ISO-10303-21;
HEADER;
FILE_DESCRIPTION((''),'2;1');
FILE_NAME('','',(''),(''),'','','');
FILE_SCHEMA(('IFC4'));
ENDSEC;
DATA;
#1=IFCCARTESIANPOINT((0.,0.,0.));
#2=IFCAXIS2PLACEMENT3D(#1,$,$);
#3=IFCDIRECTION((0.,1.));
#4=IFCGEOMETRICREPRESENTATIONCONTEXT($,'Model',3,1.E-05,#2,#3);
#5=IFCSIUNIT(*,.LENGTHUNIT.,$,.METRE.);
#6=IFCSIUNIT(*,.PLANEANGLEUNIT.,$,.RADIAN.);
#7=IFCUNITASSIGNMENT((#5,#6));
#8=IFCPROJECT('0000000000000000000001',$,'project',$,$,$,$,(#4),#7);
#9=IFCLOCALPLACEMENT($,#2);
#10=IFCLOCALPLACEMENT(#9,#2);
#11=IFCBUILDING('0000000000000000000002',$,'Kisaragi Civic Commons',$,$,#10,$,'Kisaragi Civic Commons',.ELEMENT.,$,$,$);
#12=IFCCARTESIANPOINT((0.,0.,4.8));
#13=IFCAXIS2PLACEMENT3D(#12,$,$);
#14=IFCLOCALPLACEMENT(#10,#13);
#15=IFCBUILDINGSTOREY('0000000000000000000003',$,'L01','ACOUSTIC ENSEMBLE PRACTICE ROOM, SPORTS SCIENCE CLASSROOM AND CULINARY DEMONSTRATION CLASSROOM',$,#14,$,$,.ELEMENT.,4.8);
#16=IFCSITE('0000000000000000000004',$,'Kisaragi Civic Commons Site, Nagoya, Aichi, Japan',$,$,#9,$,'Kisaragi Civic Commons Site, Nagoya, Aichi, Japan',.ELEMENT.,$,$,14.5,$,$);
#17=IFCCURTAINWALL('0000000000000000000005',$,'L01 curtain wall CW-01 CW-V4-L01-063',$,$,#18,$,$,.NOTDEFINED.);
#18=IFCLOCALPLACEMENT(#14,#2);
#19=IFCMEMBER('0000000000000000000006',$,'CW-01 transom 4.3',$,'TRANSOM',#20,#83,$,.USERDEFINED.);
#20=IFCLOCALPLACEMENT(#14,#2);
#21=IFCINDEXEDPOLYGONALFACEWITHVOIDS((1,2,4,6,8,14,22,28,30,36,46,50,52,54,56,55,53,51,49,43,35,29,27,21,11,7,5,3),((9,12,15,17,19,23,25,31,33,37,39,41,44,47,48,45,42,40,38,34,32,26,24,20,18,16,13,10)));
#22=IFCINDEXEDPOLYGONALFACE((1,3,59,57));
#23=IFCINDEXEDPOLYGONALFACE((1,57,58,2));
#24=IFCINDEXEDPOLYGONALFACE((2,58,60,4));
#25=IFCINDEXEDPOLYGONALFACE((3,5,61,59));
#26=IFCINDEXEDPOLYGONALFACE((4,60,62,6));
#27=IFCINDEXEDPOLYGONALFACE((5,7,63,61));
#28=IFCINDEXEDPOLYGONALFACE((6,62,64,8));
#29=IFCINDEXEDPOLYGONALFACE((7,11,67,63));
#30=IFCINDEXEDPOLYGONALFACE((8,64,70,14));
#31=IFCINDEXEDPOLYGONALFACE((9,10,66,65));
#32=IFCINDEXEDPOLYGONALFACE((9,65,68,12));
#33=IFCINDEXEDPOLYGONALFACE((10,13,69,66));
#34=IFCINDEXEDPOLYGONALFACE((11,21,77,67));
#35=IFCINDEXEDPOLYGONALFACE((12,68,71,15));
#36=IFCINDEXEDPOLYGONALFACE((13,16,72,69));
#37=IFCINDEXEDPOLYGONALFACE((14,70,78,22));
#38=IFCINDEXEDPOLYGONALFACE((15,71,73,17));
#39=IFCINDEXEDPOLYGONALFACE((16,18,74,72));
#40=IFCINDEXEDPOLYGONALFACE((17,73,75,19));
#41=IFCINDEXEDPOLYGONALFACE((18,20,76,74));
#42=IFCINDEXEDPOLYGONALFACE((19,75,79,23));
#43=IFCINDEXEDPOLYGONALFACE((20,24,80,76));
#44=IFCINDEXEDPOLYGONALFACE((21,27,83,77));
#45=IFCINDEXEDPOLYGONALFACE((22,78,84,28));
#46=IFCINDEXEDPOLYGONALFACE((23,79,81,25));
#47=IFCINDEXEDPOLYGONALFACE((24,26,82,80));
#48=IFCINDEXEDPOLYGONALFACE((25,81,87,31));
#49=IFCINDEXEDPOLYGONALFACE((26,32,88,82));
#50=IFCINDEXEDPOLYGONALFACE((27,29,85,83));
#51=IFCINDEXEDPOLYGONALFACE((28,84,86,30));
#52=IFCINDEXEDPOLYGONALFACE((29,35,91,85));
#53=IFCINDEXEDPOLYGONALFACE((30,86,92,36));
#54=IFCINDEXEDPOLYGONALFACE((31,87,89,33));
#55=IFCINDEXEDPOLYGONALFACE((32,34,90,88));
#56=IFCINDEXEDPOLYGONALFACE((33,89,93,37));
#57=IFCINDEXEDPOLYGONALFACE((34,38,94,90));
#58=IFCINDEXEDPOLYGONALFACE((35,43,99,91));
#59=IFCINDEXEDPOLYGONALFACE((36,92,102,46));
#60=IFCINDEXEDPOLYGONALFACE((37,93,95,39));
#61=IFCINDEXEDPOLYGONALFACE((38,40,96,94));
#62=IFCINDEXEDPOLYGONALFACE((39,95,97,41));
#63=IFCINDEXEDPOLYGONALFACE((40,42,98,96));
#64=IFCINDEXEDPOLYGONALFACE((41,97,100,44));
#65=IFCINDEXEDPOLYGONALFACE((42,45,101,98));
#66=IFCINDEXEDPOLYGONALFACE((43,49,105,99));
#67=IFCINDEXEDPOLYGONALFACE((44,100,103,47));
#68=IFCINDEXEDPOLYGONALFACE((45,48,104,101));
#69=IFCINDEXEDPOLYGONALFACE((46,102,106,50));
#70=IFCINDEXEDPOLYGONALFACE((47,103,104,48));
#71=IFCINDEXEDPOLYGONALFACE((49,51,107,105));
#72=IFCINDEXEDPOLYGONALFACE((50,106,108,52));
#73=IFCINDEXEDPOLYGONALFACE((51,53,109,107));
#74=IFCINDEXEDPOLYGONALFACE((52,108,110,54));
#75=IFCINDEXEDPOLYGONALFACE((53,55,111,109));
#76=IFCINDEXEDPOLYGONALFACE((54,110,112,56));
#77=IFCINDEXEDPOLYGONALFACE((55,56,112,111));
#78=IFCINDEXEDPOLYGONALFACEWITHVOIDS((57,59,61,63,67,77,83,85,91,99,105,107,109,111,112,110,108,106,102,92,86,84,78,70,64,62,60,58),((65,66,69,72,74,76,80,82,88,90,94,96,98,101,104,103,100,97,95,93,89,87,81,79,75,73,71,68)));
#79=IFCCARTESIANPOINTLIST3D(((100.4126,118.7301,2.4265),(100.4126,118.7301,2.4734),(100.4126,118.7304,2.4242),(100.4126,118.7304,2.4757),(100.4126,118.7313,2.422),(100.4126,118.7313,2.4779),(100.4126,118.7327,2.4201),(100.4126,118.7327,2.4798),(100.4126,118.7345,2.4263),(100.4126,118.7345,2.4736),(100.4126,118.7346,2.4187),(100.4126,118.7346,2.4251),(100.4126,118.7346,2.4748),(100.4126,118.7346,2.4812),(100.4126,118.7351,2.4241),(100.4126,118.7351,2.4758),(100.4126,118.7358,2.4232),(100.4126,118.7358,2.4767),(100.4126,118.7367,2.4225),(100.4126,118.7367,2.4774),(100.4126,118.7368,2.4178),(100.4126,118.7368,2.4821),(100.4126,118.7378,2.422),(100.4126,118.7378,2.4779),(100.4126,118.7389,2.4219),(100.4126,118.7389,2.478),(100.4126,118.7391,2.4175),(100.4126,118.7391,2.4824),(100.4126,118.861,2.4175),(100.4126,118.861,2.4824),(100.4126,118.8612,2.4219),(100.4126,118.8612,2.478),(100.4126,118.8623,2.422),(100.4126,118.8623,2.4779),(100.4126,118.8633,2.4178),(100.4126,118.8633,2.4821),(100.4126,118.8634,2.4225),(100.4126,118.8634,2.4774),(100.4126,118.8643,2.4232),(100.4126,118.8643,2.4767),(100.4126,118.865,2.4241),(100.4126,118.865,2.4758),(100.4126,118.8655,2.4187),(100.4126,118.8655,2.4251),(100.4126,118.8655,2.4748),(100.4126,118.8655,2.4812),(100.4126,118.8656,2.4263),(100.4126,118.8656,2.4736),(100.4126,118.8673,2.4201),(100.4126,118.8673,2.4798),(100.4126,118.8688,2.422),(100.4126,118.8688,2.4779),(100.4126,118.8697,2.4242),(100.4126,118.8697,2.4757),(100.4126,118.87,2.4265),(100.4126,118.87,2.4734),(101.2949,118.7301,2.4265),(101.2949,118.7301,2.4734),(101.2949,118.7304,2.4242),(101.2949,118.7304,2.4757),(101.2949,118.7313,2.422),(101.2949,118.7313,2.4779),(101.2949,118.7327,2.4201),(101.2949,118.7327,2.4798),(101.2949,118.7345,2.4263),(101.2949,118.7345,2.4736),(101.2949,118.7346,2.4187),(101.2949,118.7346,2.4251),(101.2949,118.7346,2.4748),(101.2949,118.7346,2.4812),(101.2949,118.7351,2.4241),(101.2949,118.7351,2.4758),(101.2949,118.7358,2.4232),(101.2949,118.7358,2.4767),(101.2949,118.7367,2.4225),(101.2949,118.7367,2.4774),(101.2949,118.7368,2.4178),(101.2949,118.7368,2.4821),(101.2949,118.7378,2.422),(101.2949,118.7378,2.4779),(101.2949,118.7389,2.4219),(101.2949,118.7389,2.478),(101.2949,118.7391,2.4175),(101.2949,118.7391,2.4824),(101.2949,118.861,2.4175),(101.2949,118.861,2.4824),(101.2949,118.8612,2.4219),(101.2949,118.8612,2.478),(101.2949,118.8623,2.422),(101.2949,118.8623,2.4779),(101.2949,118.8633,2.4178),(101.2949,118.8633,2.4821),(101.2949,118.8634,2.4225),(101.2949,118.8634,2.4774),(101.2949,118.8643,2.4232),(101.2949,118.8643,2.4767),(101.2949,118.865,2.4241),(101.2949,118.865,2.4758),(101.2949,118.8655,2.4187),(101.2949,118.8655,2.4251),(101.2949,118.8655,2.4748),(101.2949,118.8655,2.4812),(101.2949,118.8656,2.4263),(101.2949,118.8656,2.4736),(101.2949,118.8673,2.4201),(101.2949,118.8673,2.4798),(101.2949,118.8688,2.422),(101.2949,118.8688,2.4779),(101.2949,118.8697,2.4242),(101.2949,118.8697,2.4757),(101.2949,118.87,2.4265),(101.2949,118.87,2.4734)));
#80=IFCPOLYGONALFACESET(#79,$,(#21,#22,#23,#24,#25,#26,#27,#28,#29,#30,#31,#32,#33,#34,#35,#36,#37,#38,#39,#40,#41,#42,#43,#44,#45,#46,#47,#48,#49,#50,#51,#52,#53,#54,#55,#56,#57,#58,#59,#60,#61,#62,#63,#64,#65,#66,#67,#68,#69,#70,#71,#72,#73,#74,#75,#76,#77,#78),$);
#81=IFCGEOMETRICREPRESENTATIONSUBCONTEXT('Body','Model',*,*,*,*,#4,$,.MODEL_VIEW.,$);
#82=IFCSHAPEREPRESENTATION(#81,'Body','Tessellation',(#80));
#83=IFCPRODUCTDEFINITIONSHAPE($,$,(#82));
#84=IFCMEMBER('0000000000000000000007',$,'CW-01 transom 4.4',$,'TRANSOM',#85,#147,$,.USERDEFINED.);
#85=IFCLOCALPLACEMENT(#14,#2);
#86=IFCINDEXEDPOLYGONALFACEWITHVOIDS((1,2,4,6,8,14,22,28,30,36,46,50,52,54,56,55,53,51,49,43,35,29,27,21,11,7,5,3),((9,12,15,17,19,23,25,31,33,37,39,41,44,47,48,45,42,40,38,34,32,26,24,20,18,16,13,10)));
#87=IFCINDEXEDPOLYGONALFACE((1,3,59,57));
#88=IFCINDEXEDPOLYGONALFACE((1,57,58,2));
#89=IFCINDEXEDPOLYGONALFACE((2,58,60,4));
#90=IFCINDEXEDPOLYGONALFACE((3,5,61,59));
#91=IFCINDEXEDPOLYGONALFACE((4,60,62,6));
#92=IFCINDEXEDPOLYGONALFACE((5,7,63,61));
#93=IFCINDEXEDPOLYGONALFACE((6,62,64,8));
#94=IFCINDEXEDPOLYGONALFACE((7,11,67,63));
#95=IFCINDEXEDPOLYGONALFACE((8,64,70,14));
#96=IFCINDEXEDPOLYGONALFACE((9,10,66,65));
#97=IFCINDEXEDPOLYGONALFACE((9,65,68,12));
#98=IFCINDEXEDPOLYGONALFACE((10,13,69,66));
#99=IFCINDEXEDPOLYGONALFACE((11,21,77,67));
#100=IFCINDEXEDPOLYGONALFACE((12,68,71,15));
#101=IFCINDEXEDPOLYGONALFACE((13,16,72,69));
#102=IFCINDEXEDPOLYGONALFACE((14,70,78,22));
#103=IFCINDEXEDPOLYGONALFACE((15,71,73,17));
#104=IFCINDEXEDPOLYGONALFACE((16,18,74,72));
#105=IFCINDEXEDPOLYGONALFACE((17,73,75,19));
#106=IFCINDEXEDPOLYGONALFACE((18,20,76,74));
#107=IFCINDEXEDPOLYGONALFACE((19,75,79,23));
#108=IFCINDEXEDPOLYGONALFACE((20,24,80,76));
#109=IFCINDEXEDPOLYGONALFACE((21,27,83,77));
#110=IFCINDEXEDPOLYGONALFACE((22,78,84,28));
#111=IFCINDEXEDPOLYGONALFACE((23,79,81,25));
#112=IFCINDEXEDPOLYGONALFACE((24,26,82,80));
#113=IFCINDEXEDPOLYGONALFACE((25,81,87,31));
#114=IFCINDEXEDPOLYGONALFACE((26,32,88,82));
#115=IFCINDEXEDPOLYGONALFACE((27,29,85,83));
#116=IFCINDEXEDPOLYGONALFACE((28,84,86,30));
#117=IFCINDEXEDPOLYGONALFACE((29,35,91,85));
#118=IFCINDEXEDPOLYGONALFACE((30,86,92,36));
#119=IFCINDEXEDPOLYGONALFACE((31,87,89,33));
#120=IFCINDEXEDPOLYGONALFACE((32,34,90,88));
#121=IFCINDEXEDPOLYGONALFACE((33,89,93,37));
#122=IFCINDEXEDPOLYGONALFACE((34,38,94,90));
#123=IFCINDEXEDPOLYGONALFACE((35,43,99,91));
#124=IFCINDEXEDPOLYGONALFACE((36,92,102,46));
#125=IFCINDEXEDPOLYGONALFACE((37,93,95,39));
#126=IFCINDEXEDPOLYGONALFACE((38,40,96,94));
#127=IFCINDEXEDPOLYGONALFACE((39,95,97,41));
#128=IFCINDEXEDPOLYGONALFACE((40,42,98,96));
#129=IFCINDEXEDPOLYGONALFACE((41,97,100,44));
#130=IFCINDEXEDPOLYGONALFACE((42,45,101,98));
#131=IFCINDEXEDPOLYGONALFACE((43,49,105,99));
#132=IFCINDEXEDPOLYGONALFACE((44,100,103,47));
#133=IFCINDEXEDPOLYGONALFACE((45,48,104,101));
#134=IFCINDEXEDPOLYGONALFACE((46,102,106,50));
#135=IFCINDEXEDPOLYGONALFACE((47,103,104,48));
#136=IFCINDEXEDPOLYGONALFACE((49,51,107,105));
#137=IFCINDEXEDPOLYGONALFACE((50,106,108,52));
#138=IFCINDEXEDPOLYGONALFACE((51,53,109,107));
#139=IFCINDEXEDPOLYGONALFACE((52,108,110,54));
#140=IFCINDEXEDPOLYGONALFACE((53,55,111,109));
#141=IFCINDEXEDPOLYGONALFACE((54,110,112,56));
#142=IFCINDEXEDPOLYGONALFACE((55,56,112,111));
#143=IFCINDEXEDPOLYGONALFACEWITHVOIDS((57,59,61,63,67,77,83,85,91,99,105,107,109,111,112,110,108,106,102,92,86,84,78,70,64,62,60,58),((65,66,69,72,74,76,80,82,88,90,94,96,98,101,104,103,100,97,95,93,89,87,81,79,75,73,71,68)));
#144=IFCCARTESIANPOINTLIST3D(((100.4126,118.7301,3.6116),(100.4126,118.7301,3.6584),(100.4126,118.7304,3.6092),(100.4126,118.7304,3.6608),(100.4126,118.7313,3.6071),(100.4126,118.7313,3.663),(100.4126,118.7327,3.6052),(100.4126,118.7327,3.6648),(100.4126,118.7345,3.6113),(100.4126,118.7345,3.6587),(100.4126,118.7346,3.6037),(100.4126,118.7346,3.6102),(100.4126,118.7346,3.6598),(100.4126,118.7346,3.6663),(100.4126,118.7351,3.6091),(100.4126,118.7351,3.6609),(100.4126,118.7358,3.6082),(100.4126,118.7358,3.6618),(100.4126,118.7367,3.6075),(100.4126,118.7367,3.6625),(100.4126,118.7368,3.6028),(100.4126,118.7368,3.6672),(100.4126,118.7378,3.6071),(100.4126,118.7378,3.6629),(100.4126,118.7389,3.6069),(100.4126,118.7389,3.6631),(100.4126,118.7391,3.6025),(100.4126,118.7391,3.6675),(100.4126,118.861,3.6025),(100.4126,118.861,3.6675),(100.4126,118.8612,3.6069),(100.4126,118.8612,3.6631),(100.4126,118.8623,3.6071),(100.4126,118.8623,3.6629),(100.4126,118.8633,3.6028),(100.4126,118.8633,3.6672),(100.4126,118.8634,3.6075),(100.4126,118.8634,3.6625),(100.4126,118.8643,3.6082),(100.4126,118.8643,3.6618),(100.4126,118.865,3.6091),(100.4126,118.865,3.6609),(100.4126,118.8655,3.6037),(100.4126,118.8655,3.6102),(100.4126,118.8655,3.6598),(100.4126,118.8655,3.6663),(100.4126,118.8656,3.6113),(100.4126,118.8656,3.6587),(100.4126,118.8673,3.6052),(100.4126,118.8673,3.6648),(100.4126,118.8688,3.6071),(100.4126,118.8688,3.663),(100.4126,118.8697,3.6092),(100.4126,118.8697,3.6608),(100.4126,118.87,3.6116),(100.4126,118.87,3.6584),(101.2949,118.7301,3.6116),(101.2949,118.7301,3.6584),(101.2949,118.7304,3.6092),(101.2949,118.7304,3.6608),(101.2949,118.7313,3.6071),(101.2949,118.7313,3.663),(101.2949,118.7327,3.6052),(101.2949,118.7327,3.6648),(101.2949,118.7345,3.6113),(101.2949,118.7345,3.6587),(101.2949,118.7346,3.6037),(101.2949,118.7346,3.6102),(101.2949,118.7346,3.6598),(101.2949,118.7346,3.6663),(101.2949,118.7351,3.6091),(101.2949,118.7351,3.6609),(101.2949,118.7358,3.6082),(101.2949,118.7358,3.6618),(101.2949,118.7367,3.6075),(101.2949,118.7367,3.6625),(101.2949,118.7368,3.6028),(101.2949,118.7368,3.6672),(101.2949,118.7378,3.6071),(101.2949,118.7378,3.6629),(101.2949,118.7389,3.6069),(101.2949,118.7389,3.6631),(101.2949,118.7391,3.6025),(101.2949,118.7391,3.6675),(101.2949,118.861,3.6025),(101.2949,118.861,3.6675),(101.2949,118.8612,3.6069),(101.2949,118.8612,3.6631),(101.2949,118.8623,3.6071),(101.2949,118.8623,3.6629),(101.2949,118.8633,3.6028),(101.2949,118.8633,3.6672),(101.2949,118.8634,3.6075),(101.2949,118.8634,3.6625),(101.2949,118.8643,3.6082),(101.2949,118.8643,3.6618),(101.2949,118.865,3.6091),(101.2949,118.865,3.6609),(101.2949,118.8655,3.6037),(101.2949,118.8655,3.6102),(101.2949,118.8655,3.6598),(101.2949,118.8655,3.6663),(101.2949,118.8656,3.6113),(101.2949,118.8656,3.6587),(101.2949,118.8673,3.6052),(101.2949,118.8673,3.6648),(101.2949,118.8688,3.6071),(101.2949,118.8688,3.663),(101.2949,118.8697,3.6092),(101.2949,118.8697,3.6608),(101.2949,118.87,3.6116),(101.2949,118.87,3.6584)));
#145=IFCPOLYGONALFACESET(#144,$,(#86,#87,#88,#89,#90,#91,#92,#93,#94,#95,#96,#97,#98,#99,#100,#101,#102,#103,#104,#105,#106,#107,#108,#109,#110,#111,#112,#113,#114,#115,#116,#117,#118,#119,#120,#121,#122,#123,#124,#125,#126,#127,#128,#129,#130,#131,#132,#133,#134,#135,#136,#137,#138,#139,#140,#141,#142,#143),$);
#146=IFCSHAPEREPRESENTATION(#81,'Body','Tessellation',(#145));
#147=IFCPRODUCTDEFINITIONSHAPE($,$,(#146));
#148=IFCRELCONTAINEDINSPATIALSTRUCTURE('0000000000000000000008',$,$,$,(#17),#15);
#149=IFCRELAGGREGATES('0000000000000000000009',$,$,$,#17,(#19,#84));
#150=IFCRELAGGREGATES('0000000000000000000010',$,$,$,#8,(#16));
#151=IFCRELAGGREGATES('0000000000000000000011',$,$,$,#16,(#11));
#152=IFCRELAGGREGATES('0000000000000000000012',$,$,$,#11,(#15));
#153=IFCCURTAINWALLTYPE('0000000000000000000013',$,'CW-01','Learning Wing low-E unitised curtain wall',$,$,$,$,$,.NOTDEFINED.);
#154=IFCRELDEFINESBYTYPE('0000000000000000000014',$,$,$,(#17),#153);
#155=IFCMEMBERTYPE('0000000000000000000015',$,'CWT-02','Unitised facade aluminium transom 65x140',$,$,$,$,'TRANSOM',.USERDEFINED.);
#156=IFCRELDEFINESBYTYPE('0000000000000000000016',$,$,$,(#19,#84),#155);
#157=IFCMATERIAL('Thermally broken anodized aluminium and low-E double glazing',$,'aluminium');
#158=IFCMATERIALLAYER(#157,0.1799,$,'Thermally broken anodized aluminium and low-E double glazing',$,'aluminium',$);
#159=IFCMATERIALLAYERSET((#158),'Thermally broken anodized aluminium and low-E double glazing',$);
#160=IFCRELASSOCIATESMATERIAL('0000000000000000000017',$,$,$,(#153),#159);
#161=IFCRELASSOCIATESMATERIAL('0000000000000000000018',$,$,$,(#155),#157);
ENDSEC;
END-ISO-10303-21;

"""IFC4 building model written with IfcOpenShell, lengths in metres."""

from ifc_helpers import new_model, si_unit, direction, frame, origin, origin_2d, place, context, subcontext, project, spatial, hollow_rectangle, extrude, material, layer, layer_set, material_profile, profile_set, type_object, element, aggregate, save


model = new_model("IFC4")

# Units and contexts
model_context = context("Model", 3, precision=1e-05, world=origin(), true_north=direction((0.0, 1.0)))
body_context = subcontext(model_context, "Body", "Model", "MODEL_VIEW")
ifc_project = project(units=[si_unit("LENGTHUNIT", "METRE"), si_unit("PLANEANGLEUNIT", "RADIAN")], contexts=[model_context])

# Site, building, storey
site_placement = place(None, origin())
site = spatial("IfcSite", under=ifc_project, at=site_placement, Name="Kisaragi Civic Commons Site, Nagoya, Aichi, Japan", LongName="Kisaragi Civic Commons Site, Nagoya, Aichi, Japan", CompositionType="ELEMENT", RefElevation=14.5)
building_placement = place(site_placement, origin())
building = spatial("IfcBuilding", under=site, at=building_placement, Name="Kisaragi Civic Commons", LongName="Kisaragi Civic Commons", CompositionType="ELEMENT")
storey_placement = place(building_placement, frame((0.0, 0.0, 4.8)))
storey = spatial("IfcBuildingStorey", under=building, at=storey_placement, Name="L01", Description="ACOUSTIC ENSEMBLE PRACTICE ROOM, SPORTS SCIENCE CLASSROOM AND CULINARY DEMONSTRATION CLASSROOM", CompositionType="ELEMENT", Elevation=4.8)

# Curtain wall
ifc_material = material(Name="Thermally broken anodized aluminium and low-E double glazing", Category="aluminium")
ifc_layer_1 = layer(ifc_material, 0.1799, Name="Thermally broken anodized aluminium and low-E double glazing", Category="aluminium")
ifc_layer_set_1 = layer_set([ifc_layer_1], Name="Thermally broken anodized aluminium and low-E double glazing")
curtain_wall_type = type_object("IfcCurtainWallType", Name="CW-01", Description="Learning Wing low-E unitised curtain wall", PredefinedType="NOTDEFINED", material=ifc_layer_set_1)
curtain_wall_1_placement = place(storey_placement, origin())
curtain_wall_1 = element("IfcCurtainWall", 1, at=curtain_wall_1_placement, inside=storey, type_object=curtain_wall_type, Name="L01 curtain wall CW-01 CW-V4-L01-063", PredefinedType="NOTDEFINED")

# Members
ifc_material_profile_1 = material_profile(ifc_material, hollow_rectangle(XDim=0.1399, YDim=0.0649, WallThickness=0.0044, InnerFilletRadius=0.0044, OuterFilletRadius=0.009, at=origin_2d()), Name="CWT-65x140x4.5", Category="aluminium")
ifc_profile_set_1 = profile_set([ifc_material_profile_1], Name="Thermally broken anodized aluminium and low-E double glazing")
member_type_1 = type_object("IfcMemberType", Name="CWT-02", Description="Unitised facade aluminium transom 65x140", ElementType="TRANSOM", PredefinedType="USERDEFINED", material=ifc_profile_set_1)
member_1_placement = place(storey_placement, frame((100.4126, 118.8, 2.45), z_axis=(1.0, 0.0, 0.0), x_axis=(0.0, 1.0, 0.0)))
member_1 = element("IfcMember", 2, at=member_1_placement, type_object=member_type_1, Name="CW-01 transom 4.3", ObjectType="TRANSOM", PredefinedType="USERDEFINED", context=body_context, shape_type="SweptSolid", body=[
    extrude(hollow_rectangle(XDim=0.1399, YDim=0.0649, WallThickness=0.0044, InnerFilletRadius=0.0044, OuterFilletRadius=0.009, at=origin_2d()), origin(), (0.0, 0.0, 1.0), 0.8823),
])
member_2_placement = place(storey_placement, frame((100.4126, 118.8, 3.635), z_axis=(1.0, 0.0, 0.0), x_axis=(0.0, 1.0, 0.0)))
member_2 = element("IfcMember", 3, at=member_2_placement, type_object=member_type_1, Name="CW-01 transom 4.4", ObjectType="TRANSOM", PredefinedType="USERDEFINED", context=body_context, shape_type="SweptSolid", body=[
    extrude(hollow_rectangle(XDim=0.1399, YDim=0.0649, WallThickness=0.0044, InnerFilletRadius=0.0044, OuterFilletRadius=0.009, at=origin_2d()), origin(), (0.0, 0.0, 1.0), 0.8823),
])

aggregate(curtain_wall_1, [member_1, member_2])

save(model, "model.ifc")
